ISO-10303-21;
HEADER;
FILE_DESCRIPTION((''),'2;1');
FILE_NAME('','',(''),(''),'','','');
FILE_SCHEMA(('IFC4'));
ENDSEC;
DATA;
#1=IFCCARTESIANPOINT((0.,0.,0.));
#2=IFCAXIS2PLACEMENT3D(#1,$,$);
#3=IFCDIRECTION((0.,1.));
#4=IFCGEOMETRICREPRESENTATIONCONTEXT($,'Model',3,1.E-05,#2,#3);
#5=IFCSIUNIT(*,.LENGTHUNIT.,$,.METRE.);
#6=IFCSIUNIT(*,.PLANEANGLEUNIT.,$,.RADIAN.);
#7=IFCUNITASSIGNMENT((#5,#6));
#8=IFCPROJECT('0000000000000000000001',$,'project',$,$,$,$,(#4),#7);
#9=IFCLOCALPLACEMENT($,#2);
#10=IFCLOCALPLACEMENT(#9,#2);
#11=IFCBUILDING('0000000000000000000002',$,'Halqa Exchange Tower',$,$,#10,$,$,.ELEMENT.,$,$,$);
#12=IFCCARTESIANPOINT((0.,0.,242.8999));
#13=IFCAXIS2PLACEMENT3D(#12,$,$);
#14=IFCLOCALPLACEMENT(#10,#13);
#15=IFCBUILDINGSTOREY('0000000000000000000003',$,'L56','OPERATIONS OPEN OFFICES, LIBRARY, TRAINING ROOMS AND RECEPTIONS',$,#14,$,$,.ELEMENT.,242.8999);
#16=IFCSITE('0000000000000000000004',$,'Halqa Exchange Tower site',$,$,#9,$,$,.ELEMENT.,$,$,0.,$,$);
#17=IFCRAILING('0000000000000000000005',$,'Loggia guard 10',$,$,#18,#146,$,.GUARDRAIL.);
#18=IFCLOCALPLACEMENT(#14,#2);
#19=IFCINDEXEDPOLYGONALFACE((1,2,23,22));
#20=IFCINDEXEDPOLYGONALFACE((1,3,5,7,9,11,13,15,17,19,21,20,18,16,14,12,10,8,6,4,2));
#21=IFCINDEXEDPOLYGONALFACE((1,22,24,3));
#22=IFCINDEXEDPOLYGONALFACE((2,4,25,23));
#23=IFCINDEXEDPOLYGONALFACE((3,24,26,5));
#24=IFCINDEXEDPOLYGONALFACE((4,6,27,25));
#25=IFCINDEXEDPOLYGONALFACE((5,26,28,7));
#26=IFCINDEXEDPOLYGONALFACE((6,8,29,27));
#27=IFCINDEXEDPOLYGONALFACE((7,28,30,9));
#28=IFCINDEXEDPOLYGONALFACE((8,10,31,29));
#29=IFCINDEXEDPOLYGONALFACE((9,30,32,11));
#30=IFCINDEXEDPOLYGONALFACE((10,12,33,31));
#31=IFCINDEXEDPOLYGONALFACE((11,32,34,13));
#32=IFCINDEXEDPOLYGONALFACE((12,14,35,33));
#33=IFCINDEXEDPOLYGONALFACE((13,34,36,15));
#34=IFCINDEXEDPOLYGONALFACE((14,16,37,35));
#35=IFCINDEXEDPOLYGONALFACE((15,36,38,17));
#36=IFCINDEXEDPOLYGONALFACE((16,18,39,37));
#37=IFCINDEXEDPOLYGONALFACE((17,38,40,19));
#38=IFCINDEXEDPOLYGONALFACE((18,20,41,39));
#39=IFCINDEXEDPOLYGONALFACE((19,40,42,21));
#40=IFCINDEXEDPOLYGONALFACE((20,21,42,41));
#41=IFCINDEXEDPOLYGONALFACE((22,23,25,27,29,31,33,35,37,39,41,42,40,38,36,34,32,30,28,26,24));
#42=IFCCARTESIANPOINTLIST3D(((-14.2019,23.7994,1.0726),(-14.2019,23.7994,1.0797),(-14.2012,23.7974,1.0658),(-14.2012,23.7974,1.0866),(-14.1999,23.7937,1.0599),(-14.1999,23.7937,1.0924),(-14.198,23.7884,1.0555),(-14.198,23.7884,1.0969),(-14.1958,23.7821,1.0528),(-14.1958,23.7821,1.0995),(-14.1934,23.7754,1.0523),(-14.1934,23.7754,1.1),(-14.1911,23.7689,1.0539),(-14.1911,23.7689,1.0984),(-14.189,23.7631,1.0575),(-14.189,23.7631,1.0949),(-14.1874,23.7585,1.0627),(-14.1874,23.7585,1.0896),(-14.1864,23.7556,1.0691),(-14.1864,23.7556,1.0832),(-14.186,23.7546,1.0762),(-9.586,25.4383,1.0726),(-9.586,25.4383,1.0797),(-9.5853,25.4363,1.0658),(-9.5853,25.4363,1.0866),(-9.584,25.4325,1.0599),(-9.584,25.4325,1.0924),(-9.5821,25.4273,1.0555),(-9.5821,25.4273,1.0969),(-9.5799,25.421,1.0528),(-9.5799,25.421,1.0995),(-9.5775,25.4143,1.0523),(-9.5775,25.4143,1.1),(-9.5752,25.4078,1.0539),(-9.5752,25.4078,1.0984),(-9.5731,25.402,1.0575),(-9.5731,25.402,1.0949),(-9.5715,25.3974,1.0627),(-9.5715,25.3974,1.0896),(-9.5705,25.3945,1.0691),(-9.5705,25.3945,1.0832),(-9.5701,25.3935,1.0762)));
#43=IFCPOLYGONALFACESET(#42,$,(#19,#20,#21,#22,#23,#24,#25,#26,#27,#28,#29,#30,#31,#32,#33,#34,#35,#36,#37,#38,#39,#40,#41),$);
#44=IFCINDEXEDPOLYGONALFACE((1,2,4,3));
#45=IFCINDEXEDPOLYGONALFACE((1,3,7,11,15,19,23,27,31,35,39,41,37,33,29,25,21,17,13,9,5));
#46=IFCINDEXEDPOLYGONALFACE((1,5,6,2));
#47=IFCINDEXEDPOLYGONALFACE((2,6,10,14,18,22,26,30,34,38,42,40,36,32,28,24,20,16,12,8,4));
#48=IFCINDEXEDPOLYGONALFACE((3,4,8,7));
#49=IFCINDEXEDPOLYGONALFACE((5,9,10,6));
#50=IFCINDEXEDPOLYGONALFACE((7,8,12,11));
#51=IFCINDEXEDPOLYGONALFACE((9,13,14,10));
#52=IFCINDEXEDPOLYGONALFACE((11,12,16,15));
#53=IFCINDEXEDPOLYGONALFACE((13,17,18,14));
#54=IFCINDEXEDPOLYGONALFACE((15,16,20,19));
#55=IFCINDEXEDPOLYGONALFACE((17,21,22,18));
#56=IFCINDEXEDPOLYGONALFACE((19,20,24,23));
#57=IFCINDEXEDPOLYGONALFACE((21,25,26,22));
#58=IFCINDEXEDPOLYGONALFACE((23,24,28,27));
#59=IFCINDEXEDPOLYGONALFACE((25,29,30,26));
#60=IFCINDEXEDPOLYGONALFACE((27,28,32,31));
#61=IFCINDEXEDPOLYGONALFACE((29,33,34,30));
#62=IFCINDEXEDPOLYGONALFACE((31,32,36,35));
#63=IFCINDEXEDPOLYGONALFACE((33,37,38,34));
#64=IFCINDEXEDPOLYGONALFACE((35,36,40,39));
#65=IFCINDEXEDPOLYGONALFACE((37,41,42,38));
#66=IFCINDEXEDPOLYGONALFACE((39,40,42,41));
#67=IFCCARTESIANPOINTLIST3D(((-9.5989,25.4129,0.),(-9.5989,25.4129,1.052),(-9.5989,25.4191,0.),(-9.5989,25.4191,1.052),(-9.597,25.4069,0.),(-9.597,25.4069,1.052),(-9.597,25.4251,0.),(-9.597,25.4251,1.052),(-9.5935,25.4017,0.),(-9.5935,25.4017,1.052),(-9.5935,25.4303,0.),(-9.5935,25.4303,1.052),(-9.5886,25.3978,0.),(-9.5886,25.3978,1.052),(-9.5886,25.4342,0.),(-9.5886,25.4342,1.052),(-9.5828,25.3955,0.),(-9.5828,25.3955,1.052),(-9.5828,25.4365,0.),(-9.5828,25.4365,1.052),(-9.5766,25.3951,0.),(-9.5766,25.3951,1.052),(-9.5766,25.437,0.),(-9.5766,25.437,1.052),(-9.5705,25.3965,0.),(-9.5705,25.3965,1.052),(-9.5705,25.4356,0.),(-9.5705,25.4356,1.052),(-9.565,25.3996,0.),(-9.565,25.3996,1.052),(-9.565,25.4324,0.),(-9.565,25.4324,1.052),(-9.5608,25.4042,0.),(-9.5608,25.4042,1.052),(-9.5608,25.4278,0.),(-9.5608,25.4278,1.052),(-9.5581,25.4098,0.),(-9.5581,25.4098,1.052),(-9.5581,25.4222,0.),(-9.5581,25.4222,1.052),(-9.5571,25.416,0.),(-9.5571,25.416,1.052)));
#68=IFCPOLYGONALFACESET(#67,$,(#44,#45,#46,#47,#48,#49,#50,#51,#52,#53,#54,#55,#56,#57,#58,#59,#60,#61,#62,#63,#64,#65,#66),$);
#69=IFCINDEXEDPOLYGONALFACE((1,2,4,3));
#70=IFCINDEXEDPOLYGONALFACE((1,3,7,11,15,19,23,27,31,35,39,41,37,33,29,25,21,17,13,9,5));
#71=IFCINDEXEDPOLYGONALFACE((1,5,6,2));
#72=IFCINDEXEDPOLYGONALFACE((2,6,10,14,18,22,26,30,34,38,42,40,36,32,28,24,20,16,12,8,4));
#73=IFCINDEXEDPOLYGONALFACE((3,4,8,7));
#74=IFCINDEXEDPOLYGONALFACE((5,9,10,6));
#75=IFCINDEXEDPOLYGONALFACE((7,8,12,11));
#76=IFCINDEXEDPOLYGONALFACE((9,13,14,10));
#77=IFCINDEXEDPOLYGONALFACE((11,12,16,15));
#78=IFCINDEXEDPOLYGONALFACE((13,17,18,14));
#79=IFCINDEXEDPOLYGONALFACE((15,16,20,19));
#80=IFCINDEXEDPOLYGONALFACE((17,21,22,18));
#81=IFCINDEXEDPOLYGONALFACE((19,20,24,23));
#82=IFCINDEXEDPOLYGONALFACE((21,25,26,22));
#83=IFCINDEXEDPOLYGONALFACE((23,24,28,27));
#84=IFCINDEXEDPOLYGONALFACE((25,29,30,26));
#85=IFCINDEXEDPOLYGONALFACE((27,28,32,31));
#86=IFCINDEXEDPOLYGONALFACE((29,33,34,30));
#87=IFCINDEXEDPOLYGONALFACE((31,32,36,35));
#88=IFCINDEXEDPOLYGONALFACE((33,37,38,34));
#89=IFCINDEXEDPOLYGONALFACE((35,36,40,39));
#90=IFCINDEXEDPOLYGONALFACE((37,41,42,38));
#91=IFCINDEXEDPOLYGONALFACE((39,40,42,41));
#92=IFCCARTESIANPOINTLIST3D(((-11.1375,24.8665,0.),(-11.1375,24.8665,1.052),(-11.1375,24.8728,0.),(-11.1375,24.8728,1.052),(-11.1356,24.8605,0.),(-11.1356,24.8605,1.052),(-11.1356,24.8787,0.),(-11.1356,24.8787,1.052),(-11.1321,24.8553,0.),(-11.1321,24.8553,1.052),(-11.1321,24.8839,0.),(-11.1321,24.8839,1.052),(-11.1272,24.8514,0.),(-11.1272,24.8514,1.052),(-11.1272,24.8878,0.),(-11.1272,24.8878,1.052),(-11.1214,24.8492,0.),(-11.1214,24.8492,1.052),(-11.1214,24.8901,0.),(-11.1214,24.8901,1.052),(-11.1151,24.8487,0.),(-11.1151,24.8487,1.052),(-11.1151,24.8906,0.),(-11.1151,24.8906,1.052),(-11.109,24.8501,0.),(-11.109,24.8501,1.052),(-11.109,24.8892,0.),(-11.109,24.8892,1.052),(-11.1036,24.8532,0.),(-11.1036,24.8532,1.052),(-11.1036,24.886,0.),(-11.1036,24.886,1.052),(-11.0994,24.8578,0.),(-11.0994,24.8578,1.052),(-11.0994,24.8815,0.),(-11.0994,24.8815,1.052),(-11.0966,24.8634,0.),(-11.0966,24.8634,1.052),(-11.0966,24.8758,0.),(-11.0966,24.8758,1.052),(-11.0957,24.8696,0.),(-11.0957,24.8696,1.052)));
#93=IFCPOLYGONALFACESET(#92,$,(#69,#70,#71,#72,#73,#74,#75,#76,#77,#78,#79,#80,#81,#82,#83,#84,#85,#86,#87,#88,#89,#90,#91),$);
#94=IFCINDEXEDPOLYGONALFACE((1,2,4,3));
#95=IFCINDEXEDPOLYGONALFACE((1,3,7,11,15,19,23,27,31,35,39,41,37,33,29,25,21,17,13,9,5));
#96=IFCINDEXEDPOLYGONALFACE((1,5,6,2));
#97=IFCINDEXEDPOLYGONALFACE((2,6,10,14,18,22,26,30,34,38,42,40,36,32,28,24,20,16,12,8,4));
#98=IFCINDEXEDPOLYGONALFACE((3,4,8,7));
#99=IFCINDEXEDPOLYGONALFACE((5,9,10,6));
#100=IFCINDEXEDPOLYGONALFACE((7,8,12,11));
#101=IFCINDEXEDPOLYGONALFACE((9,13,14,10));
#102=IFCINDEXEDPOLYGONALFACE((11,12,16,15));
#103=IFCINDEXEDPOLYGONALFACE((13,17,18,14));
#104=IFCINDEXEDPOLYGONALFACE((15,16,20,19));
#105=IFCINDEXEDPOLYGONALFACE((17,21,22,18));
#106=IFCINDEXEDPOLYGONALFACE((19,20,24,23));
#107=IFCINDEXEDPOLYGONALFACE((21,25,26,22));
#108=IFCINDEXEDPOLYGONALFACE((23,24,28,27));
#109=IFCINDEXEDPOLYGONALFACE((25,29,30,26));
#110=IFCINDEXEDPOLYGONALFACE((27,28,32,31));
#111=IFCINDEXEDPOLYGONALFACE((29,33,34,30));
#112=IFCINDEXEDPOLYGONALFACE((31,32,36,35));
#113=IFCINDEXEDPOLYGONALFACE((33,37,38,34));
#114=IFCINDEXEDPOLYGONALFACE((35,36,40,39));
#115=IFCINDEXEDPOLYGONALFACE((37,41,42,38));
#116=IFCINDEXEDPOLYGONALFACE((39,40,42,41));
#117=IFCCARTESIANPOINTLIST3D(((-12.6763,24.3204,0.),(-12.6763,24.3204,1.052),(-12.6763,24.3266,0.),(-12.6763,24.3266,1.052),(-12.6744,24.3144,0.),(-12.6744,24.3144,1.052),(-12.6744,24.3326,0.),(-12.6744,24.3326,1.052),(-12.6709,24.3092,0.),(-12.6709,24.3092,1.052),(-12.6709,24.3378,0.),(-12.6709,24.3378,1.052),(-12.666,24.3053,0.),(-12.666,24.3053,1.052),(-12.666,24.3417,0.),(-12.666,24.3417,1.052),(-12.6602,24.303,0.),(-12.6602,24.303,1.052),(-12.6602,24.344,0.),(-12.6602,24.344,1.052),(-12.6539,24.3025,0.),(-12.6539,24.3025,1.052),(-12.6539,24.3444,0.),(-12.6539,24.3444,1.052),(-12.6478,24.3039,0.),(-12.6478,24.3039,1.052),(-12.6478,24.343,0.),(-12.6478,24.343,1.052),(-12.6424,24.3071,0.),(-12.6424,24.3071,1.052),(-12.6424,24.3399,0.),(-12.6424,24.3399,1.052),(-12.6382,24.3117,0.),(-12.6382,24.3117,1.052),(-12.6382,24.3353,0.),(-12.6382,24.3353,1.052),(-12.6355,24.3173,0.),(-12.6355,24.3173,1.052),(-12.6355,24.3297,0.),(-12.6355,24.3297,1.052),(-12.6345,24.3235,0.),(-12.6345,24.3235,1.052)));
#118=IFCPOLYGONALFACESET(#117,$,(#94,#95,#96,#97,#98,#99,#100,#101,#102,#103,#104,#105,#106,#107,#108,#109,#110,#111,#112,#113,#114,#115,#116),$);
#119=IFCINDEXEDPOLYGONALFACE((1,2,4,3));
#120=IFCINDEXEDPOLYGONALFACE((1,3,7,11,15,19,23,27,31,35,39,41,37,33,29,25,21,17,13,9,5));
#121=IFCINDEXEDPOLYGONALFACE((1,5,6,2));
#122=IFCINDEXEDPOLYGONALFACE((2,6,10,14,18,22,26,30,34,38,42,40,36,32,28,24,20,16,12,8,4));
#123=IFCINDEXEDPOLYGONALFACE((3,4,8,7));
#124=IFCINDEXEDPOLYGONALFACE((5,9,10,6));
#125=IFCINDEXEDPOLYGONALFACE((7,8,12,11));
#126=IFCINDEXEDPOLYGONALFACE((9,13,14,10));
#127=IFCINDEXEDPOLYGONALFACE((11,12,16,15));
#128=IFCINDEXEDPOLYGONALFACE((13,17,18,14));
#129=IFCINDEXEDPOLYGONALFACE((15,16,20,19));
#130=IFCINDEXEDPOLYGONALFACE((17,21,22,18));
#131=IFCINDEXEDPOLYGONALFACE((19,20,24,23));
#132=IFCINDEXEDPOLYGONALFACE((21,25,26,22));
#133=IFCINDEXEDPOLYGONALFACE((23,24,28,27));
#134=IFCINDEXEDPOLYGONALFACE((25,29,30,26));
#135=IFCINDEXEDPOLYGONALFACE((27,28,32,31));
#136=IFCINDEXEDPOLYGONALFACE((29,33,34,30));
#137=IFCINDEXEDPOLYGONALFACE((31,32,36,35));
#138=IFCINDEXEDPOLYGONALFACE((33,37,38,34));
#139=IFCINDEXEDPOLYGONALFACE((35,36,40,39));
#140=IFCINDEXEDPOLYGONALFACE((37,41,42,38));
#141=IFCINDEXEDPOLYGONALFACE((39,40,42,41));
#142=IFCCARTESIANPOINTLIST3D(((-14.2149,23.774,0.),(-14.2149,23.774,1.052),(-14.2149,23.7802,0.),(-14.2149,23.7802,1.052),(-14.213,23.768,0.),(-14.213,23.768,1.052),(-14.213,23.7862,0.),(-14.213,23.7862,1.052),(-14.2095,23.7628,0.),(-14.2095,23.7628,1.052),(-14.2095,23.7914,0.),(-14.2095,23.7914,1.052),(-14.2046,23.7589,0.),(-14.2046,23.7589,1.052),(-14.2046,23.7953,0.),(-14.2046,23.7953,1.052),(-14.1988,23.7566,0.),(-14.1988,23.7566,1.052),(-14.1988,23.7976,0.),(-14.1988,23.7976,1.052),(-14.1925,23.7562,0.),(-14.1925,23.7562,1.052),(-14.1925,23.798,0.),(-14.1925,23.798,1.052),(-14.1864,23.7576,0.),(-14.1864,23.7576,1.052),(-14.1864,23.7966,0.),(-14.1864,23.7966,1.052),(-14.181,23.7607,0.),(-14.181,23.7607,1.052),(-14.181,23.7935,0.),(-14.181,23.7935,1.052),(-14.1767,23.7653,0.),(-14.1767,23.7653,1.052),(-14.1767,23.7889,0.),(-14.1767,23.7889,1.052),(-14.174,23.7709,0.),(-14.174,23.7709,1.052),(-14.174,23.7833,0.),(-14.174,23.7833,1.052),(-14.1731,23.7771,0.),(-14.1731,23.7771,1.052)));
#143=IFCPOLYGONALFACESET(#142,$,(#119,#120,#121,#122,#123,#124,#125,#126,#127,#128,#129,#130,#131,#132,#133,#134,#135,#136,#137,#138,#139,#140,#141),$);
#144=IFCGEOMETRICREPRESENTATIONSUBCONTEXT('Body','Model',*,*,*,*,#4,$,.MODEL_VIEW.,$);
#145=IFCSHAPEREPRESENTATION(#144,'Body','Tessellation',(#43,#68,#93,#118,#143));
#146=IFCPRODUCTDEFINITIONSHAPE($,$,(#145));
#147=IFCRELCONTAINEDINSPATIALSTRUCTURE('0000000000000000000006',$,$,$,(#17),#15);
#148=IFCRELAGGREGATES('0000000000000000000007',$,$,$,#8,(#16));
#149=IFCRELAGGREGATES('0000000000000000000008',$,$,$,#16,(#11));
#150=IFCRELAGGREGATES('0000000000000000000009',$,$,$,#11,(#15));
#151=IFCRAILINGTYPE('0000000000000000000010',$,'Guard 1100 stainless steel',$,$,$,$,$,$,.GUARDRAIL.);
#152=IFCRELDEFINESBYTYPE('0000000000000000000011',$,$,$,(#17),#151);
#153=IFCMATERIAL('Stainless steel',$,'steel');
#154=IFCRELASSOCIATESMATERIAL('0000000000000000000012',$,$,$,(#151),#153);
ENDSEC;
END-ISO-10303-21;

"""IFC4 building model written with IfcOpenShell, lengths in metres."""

from ifc_helpers import new_model, si_unit, direction, frame, origin, origin_2d, place, context, subcontext, project, spatial, circle, extrude, material, type_object, element, save


model = new_model("IFC4")

# Units and contexts
model_context = context("Model", 3, precision=1e-05, world=origin(), true_north=direction((0.0, 1.0)))
body_context = subcontext(model_context, "Body", "Model", "MODEL_VIEW")
ifc_project = project(units=[si_unit("LENGTHUNIT", "METRE"), si_unit("PLANEANGLEUNIT", "RADIAN")], contexts=[model_context])

# Site, building, storey
site_placement = place(None, origin())
site = spatial("IfcSite", under=ifc_project, at=site_placement, Name="Halqa Exchange Tower site", CompositionType="ELEMENT", RefElevation=0.0)
building_placement = place(site_placement, origin())
building = spatial("IfcBuilding", under=site, at=building_placement, Name="Halqa Exchange Tower", CompositionType="ELEMENT")
storey_placement = place(building_placement, frame((0.0, 0.0, 242.8999)))
storey = spatial("IfcBuildingStorey", under=building, at=storey_placement, Name="L56", Description="OPERATIONS OPEN OFFICES, LIBRARY, TRAINING ROOMS AND RECEPTIONS", CompositionType="ELEMENT", Elevation=242.8999)

# Railing
ifc_material_1 = material(Name="Stainless steel", Category="steel")
railing_type_1 = type_object("IfcRailingType", Name="Guard 1100 stainless steel", PredefinedType="GUARDRAIL", material=ifc_material_1)
railing_1_placement = place(storey_placement, frame((-9.5781, 25.416, 0.0)))
element("IfcRailing", 1, at=railing_1_placement, inside=storey, type_object=railing_type_1, Name="Loggia guard 10", PredefinedType="GUARDRAIL", context=body_context, shape_type="SweptSolid", body=[
    extrude(circle(Radius=0.0239, at=origin_2d()), frame((0.0, 0.0, 1.0762), z_axis=(-0.942364, -0.33459, 0.0), x_axis=(0.33459, -0.942364, 0.0)), (0.0, 0.0, 1.0), 4.8982),
    extrude(circle(Radius=0.021, at=origin_2d()), origin(), (0.0, 0.0, 1.0), 1.052),
    extrude(circle(Radius=0.021, at=origin_2d()), frame((-1.5386, -0.5464, 0.0)), (0.0, 0.0, 1.0), 1.052),
    extrude(circle(Radius=0.021, at=origin_2d()), frame((-3.0774, -1.0925, 0.0)), (0.0, 0.0, 1.0), 1.052),
    extrude(circle(Radius=0.021, at=origin_2d()), frame((-4.616, -1.6389, 0.0)), (0.0, 0.0, 1.0), 1.052),
])

save(model, "model.ifc")
